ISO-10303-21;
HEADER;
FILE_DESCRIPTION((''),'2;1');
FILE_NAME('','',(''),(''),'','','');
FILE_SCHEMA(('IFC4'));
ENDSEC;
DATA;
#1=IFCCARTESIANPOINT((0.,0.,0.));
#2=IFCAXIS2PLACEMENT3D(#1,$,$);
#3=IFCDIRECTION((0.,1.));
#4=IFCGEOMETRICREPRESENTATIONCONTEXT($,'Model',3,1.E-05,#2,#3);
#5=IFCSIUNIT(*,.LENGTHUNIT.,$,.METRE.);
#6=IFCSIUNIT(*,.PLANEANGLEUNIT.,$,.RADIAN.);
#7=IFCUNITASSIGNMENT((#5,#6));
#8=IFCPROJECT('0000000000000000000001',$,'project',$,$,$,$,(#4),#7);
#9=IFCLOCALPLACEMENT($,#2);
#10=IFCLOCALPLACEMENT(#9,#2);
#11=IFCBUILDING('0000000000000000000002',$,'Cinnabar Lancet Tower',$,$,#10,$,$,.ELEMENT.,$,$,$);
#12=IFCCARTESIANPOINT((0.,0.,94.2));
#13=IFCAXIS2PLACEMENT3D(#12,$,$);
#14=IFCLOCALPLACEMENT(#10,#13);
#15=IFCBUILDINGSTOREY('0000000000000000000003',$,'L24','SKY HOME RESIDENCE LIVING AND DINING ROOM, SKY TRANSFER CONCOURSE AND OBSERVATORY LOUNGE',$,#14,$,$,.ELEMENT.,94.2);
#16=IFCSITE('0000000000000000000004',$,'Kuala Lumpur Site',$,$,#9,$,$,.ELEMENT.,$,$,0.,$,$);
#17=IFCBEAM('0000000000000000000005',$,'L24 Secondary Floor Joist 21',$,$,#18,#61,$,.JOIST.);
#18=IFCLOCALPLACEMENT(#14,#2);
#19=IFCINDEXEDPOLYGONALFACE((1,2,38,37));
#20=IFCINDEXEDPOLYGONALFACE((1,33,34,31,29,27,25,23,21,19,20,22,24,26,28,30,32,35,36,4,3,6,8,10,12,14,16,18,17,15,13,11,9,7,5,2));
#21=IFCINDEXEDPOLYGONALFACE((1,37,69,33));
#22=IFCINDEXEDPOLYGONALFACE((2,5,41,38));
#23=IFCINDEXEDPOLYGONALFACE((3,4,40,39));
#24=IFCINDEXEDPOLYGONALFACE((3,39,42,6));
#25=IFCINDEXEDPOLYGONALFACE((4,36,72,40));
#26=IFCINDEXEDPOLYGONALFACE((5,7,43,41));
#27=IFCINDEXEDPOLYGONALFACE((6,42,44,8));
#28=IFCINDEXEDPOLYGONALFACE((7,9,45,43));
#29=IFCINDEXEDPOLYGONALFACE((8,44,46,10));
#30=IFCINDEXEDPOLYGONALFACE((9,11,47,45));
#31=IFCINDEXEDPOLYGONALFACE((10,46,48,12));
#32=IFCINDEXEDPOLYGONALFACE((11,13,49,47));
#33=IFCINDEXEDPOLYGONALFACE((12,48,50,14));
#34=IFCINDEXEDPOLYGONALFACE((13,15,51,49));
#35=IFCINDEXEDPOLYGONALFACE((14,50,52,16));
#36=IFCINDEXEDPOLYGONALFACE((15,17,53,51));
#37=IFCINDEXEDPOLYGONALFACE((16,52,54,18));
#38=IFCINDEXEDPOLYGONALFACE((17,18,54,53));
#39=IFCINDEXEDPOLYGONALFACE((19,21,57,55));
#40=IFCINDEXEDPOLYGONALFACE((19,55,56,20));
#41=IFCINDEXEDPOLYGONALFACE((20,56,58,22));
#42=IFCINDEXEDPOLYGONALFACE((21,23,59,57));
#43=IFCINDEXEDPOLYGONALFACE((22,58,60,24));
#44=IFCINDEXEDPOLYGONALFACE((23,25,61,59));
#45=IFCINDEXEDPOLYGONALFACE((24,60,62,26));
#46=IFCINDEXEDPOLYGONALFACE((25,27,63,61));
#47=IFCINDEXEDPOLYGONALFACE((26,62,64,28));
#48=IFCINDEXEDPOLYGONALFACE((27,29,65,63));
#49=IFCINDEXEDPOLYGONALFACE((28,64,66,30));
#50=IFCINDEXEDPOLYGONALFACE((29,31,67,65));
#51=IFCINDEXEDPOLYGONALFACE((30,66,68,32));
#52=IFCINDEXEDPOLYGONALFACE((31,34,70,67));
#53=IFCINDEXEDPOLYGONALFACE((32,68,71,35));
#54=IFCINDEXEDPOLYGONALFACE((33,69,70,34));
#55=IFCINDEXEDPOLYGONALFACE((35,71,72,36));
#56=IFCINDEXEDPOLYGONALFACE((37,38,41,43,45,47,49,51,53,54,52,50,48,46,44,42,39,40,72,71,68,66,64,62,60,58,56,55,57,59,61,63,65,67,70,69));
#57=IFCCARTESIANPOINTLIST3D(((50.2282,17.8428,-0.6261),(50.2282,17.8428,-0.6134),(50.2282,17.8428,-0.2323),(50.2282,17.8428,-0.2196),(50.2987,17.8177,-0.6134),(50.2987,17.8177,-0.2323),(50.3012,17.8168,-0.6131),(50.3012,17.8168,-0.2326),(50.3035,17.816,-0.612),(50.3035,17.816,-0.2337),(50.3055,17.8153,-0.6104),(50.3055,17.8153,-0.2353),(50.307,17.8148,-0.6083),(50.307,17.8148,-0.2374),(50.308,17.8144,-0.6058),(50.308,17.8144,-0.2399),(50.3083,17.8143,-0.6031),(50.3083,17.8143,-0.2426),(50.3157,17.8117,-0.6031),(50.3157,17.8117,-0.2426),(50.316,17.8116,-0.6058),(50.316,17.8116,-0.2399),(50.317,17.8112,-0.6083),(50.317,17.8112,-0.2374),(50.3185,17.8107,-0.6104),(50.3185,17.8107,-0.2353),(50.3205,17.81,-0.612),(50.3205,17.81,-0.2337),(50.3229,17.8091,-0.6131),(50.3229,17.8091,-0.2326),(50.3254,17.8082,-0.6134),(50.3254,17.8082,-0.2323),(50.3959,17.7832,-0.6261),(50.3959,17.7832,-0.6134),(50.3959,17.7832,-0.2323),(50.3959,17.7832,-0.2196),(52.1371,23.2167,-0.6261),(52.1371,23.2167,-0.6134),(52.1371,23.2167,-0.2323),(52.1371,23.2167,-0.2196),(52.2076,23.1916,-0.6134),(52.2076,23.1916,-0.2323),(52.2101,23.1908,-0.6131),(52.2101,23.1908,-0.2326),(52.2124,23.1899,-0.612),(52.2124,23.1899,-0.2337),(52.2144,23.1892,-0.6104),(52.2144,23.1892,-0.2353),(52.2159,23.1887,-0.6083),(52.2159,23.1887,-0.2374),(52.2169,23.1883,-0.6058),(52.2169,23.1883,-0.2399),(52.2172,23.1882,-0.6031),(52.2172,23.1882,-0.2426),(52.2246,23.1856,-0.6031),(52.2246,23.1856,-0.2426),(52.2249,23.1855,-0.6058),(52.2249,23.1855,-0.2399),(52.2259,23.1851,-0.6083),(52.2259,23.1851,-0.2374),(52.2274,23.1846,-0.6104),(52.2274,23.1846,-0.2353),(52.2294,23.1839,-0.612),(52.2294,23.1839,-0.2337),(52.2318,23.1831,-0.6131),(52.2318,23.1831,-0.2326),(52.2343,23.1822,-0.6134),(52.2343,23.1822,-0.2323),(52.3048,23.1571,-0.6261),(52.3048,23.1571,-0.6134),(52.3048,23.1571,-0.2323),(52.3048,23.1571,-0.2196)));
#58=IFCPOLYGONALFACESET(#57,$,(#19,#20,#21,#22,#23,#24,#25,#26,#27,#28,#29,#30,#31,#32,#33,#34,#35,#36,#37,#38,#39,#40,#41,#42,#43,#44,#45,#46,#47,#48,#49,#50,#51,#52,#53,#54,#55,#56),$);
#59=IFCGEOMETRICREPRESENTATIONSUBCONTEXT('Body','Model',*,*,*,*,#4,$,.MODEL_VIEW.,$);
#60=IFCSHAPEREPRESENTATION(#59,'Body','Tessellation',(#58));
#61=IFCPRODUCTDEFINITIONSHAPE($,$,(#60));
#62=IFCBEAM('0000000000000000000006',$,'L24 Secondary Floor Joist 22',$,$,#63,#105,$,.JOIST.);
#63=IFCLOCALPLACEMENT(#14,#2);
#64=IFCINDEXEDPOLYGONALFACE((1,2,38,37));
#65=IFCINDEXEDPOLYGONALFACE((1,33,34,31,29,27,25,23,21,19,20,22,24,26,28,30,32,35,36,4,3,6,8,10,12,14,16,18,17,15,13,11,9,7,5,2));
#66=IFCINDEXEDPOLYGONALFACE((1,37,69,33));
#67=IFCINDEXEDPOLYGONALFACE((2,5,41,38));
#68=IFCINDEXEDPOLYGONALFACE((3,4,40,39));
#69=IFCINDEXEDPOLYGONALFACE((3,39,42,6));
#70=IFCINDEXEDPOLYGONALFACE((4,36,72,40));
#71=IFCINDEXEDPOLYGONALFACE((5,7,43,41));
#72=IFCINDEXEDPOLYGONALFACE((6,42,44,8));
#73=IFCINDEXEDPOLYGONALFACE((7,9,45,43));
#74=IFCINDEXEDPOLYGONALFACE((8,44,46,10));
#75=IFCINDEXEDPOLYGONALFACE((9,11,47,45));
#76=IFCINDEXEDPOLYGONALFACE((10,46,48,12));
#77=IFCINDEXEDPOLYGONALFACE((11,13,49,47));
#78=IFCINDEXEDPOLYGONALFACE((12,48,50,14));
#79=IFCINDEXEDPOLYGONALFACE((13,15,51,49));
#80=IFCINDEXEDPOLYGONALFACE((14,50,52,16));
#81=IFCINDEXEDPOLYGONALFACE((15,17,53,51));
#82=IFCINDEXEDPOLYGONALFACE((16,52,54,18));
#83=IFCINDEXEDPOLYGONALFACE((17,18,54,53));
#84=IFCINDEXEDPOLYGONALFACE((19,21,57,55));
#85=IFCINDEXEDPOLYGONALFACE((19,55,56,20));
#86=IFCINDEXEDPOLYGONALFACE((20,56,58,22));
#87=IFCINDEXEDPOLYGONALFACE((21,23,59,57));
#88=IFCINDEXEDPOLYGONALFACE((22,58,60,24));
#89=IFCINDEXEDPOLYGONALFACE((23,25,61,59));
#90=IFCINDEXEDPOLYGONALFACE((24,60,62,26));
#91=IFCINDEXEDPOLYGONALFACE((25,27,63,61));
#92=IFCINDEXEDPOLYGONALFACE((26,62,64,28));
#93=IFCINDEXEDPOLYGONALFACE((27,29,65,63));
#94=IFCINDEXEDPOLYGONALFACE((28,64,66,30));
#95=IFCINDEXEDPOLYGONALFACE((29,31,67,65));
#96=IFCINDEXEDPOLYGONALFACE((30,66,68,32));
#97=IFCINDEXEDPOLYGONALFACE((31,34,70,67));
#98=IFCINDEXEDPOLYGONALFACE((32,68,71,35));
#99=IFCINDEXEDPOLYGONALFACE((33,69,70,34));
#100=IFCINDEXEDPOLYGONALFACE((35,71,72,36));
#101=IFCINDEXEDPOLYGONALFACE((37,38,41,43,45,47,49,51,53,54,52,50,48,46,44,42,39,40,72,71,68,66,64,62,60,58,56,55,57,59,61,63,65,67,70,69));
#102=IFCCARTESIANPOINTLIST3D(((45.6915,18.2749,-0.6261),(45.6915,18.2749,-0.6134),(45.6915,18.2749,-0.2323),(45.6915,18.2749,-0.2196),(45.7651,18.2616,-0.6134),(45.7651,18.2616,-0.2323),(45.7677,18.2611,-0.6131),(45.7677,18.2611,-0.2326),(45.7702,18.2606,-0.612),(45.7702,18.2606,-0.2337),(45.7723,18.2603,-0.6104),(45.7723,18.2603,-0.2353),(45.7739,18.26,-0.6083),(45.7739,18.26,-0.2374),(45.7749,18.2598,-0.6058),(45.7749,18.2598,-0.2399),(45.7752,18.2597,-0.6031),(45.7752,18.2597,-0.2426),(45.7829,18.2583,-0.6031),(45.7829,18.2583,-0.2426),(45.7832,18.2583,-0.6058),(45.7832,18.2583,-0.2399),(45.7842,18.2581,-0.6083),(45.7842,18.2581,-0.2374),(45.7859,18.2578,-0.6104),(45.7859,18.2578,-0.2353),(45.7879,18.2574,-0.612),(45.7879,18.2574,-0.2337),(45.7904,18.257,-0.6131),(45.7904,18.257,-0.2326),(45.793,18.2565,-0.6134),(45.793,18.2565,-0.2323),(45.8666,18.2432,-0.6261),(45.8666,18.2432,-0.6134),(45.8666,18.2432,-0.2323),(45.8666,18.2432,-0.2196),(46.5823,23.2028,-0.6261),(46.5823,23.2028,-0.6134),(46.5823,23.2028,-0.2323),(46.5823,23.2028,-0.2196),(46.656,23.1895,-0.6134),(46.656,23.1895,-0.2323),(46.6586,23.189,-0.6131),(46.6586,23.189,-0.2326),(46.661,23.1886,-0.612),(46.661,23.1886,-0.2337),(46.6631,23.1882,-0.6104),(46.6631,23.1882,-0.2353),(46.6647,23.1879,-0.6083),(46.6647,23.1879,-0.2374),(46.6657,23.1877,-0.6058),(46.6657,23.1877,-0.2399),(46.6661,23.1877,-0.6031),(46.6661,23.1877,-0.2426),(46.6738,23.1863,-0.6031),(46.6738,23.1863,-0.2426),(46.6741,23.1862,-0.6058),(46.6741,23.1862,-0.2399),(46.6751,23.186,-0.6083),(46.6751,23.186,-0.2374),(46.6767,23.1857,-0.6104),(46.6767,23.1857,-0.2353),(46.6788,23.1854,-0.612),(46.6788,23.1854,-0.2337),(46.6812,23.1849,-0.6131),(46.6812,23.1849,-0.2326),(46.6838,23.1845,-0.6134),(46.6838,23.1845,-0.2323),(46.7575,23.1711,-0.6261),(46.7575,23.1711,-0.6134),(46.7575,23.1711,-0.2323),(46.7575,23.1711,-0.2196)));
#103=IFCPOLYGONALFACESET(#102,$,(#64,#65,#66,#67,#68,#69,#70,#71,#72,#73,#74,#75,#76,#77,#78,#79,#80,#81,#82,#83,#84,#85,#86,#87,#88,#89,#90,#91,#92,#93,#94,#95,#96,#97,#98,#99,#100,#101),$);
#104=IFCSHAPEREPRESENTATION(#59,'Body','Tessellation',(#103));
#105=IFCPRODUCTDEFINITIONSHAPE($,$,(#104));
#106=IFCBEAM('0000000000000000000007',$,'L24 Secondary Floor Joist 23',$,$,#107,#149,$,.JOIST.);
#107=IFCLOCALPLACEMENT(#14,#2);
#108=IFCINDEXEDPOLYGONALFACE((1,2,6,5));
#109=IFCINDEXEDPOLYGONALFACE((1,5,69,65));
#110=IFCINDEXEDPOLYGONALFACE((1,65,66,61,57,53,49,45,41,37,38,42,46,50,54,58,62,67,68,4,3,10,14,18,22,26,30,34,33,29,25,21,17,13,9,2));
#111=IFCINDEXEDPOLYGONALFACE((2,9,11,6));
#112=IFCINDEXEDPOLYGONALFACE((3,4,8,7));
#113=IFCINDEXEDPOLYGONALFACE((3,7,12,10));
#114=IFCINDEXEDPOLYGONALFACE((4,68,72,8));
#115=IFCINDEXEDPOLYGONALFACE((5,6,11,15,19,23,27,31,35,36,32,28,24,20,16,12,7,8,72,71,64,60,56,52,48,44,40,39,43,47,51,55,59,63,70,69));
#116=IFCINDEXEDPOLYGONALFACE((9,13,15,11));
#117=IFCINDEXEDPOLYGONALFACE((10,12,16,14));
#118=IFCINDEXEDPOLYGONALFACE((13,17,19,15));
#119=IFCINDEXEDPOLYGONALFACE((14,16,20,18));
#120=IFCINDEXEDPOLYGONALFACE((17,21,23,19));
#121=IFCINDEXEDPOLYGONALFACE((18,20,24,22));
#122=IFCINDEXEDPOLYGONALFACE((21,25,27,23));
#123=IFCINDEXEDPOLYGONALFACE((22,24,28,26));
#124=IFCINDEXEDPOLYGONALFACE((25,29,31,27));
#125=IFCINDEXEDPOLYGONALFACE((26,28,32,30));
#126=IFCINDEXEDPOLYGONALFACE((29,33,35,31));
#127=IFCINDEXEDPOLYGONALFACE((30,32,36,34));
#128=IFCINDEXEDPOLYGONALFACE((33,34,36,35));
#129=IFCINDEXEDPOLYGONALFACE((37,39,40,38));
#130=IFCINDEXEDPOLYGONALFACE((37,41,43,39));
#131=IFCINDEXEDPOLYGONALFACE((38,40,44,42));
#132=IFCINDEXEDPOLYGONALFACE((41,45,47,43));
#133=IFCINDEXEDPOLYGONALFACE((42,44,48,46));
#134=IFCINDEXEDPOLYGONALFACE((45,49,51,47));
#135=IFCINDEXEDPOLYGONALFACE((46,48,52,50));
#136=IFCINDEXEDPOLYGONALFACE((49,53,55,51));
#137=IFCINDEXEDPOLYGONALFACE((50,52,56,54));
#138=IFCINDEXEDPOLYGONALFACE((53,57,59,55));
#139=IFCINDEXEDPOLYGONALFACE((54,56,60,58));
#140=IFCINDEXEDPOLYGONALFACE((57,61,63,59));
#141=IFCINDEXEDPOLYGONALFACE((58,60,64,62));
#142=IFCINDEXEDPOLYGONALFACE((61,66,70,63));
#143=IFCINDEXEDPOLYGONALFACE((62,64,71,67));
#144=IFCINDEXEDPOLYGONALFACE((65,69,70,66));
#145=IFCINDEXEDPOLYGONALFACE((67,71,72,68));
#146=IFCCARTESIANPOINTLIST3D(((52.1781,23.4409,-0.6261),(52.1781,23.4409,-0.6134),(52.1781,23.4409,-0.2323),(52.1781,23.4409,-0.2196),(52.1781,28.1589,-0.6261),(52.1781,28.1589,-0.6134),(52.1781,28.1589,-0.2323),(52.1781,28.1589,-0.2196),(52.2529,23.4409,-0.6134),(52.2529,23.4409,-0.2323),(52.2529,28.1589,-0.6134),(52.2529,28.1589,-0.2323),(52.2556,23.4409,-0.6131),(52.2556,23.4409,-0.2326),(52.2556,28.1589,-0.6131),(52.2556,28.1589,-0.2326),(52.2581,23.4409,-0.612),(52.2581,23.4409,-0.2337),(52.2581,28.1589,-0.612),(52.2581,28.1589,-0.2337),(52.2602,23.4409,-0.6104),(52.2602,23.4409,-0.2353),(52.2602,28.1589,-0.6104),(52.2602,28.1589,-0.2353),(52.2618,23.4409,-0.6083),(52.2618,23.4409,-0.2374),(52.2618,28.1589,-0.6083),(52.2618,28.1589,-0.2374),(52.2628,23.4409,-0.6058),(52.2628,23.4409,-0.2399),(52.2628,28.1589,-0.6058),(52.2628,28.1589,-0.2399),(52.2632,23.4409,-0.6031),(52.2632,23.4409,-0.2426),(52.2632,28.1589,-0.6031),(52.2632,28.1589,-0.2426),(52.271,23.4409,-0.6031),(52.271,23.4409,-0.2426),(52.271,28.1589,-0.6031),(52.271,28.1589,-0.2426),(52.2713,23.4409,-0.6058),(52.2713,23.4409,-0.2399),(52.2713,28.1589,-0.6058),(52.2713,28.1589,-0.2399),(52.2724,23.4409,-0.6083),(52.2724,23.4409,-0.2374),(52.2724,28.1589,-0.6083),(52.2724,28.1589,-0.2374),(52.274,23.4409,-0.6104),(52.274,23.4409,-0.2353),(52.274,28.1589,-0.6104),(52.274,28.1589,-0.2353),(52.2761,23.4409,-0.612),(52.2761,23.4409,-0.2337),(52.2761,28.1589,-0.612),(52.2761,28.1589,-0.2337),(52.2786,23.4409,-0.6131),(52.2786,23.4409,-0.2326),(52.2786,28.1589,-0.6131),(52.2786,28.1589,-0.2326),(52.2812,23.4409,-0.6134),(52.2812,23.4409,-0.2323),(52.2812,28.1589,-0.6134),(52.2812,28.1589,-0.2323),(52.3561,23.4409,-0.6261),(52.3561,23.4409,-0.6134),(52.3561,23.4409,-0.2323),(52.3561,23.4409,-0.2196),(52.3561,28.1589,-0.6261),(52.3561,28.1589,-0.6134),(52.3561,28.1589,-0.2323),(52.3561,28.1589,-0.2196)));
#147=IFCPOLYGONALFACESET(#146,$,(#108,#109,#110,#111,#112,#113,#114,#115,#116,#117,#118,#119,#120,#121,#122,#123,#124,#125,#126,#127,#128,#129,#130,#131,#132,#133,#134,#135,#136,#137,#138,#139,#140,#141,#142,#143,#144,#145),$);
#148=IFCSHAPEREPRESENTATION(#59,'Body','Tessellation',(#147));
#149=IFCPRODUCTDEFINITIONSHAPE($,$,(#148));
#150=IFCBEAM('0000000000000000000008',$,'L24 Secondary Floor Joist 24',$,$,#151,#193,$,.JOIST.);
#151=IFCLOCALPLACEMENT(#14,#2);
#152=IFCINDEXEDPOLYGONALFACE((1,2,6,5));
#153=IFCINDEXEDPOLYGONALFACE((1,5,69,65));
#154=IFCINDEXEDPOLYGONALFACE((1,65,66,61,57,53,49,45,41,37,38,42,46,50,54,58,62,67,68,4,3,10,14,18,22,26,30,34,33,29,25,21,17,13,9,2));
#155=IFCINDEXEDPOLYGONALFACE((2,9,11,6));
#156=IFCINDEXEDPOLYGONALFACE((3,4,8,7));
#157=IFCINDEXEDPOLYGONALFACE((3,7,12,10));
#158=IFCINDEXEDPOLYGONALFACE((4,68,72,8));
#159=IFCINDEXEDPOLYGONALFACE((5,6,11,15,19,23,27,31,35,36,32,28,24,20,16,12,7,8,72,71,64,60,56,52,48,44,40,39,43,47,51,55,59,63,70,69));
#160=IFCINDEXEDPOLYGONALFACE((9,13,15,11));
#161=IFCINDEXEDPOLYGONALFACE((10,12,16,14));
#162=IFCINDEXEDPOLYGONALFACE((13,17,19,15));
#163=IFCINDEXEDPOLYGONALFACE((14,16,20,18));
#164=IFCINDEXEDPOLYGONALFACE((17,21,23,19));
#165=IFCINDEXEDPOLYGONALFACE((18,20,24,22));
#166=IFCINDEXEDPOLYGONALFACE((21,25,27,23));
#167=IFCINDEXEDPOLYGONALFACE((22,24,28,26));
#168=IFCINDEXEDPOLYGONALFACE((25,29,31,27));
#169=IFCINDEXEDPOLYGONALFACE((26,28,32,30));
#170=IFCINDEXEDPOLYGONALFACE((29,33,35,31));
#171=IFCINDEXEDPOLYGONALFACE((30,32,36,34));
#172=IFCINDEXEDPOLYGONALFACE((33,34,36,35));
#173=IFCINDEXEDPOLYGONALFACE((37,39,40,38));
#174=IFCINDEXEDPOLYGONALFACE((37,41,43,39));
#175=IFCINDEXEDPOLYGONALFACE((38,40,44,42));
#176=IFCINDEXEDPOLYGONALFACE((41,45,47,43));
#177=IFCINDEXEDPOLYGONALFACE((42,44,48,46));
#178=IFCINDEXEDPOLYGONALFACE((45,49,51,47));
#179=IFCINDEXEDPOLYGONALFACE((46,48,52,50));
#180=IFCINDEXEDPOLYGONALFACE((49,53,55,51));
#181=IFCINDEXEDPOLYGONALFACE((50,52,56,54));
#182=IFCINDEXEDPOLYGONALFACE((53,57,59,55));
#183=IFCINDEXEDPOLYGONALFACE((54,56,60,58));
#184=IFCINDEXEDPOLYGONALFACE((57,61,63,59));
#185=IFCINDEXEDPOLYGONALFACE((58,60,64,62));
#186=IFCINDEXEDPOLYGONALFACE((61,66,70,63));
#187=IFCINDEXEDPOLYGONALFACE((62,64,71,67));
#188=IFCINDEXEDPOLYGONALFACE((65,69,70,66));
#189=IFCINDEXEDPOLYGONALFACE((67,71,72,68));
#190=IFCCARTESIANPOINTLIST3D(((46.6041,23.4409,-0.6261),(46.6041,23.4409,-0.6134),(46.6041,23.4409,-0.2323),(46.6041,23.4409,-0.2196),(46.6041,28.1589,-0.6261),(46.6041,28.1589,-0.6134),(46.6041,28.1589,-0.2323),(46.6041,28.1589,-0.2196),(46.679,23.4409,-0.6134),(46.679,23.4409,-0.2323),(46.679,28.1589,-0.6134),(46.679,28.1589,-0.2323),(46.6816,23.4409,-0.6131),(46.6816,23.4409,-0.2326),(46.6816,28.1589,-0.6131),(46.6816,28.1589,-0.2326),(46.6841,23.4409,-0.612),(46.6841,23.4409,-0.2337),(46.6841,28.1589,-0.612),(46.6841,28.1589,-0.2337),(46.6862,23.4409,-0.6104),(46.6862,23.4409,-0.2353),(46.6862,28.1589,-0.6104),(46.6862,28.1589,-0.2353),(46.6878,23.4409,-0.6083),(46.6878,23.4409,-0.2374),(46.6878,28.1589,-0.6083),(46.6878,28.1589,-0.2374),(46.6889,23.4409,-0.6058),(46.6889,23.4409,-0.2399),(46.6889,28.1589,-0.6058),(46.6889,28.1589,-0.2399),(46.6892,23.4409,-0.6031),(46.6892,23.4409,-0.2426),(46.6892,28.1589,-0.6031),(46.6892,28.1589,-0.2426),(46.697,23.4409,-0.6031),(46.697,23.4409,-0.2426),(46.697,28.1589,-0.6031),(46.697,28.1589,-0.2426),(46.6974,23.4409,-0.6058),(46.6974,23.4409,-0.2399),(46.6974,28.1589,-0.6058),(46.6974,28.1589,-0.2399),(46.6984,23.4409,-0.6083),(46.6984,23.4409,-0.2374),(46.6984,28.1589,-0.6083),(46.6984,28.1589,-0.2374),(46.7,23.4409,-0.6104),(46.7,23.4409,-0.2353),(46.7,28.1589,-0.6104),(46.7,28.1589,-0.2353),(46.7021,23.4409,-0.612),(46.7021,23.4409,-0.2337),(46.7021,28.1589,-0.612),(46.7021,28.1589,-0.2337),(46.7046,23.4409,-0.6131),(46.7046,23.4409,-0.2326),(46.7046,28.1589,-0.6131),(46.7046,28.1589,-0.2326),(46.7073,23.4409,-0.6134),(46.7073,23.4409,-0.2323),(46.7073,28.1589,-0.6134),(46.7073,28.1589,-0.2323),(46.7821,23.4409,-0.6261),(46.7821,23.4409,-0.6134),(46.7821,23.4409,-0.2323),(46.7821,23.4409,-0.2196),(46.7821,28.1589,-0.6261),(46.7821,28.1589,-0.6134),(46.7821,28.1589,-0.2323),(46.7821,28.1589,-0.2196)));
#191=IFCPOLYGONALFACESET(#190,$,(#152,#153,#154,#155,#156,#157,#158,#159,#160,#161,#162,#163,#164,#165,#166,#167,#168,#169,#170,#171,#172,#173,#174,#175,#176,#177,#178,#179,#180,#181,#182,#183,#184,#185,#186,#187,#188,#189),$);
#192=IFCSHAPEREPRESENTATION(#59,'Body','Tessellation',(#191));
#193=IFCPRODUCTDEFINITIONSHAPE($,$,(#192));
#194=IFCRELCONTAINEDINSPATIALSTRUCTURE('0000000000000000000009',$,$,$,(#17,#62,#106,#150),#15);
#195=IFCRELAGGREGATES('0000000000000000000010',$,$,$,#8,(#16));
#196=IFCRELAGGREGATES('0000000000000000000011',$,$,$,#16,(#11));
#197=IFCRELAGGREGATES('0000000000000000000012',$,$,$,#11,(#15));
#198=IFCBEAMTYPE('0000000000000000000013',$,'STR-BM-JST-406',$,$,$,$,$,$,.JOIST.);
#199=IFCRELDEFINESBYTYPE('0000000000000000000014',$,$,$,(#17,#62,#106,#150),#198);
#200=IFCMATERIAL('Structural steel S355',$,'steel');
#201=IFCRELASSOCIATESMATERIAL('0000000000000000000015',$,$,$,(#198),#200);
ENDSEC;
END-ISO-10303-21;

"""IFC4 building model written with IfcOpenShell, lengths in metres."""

from ifc_helpers import new_model, si_unit, direction, frame, origin, origin_2d, place, context, subcontext, project, spatial, i_section, extrude, material, material_profile, profile_set, type_object, element, save


model = new_model("IFC4")

# Units and contexts
model_context = context("Model", 3, precision=1e-05, world=origin(), true_north=direction((0.0, 1.0)))
body_context = subcontext(model_context, "Body", "Model", "MODEL_VIEW")
ifc_project = project(units=[si_unit("LENGTHUNIT", "METRE"), si_unit("PLANEANGLEUNIT", "RADIAN")], contexts=[model_context])

# Site, building, storey
site_placement = place(None, origin())
site = spatial("IfcSite", under=ifc_project, at=site_placement, Name="Kuala Lumpur Site", CompositionType="ELEMENT", RefElevation=0.0)
building_placement = place(site_placement, origin())
building = spatial("IfcBuilding", under=site, at=building_placement, Name="Cinnabar Lancet Tower", CompositionType="ELEMENT")
storey_placement = place(building_placement, frame((0.0, 0.0, 94.2)))
storey = spatial("IfcBuildingStorey", under=building, at=storey_placement, Name="L24", Description="SKY HOME RESIDENCE LIVING AND DINING ROOM, SKY TRANSFER CONCOURSE AND OBSERVATORY LOUNGE", CompositionType="ELEMENT", Elevation=94.2)

# Beams
ifc_material_1 = material(Name="Structural steel S355", Category="steel")
ifc_material_profile_1 = material_profile(ifc_material_1, i_section(OverallWidth=0.178, OverallDepth=0.4065, WebThickness=0.0078, FlangeThickness=0.0127, FilletRadius=0.0103, at=origin_2d()), Name="UKB 406x178x60")
ifc_profile_set_1 = profile_set([ifc_material_profile_1], Name="Structural steel S355")
beam_type_1 = type_object("IfcBeamType", Name="STR-BM-JST-406", PredefinedType="JOIST", material=ifc_profile_set_1)
beam_1_placement = place(storey_placement, frame((50.312, 17.813, -0.4229), z_axis=(0.334725, 0.942316, 0.0), x_axis=(-0.942316, 0.334725, 0.0)))
element("IfcBeam", 1, at=beam_1_placement, inside=storey, type_object=beam_type_1, Name="L24 Secondary Floor Joist 21", PredefinedType="JOIST", context=body_context, shape_type="SweptSolid", body=[
    extrude(i_section(OverallWidth=0.178, OverallDepth=0.4065, WebThickness=0.0078, FlangeThickness=0.0127, FilletRadius=0.0103, at=origin_2d()), origin(), (0.0, 0.0, 1.0), 5.7029),
])
beam_2_placement = place(storey_placement, frame((45.7791, 18.259, -0.4229), z_axis=(0.177894, 0.98405, 0.0), x_axis=(-0.98405, 0.177894, 0.0)))
element("IfcBeam", 2, at=beam_2_placement, inside=storey, type_object=beam_type_1, Name="L24 Secondary Floor Joist 22", PredefinedType="JOIST", context=body_context, shape_type="SweptSolid", body=[
    extrude(i_section(OverallWidth=0.178, OverallDepth=0.4065, WebThickness=0.0078, FlangeThickness=0.0127, FilletRadius=0.0103, at=origin_2d()), origin(), (0.0, 0.0, 1.0), 5.0078),
])
for number, where, z_axis, x_axis, name in (
    (3, (52.2671, 23.4409, -0.4229), (0.0, 1.0, 0.0), (-1.0, 0.0, 0.0), "L24 Secondary Floor Joist 23"),
    (4, (46.6931, 23.4409, -0.4229), (0.0, 1.0, 0.0), (-1.0, 0.0, 0.0), "L24 Secondary Floor Joist 24"),
):
    element("IfcBeam", number, at=place(storey_placement, frame(where, z_axis=z_axis, x_axis=x_axis)), inside=storey, type_object=beam_type_1, Name=name, PredefinedType="JOIST", context=body_context, shape_type="SweptSolid", body=[
        extrude(i_section(OverallWidth=0.178, OverallDepth=0.4065, WebThickness=0.0078, FlangeThickness=0.0127, FilletRadius=0.0103, at=origin_2d()), origin(), (0.0, 0.0, 1.0), 4.718),
    ])

save(model, "model.ifc")
